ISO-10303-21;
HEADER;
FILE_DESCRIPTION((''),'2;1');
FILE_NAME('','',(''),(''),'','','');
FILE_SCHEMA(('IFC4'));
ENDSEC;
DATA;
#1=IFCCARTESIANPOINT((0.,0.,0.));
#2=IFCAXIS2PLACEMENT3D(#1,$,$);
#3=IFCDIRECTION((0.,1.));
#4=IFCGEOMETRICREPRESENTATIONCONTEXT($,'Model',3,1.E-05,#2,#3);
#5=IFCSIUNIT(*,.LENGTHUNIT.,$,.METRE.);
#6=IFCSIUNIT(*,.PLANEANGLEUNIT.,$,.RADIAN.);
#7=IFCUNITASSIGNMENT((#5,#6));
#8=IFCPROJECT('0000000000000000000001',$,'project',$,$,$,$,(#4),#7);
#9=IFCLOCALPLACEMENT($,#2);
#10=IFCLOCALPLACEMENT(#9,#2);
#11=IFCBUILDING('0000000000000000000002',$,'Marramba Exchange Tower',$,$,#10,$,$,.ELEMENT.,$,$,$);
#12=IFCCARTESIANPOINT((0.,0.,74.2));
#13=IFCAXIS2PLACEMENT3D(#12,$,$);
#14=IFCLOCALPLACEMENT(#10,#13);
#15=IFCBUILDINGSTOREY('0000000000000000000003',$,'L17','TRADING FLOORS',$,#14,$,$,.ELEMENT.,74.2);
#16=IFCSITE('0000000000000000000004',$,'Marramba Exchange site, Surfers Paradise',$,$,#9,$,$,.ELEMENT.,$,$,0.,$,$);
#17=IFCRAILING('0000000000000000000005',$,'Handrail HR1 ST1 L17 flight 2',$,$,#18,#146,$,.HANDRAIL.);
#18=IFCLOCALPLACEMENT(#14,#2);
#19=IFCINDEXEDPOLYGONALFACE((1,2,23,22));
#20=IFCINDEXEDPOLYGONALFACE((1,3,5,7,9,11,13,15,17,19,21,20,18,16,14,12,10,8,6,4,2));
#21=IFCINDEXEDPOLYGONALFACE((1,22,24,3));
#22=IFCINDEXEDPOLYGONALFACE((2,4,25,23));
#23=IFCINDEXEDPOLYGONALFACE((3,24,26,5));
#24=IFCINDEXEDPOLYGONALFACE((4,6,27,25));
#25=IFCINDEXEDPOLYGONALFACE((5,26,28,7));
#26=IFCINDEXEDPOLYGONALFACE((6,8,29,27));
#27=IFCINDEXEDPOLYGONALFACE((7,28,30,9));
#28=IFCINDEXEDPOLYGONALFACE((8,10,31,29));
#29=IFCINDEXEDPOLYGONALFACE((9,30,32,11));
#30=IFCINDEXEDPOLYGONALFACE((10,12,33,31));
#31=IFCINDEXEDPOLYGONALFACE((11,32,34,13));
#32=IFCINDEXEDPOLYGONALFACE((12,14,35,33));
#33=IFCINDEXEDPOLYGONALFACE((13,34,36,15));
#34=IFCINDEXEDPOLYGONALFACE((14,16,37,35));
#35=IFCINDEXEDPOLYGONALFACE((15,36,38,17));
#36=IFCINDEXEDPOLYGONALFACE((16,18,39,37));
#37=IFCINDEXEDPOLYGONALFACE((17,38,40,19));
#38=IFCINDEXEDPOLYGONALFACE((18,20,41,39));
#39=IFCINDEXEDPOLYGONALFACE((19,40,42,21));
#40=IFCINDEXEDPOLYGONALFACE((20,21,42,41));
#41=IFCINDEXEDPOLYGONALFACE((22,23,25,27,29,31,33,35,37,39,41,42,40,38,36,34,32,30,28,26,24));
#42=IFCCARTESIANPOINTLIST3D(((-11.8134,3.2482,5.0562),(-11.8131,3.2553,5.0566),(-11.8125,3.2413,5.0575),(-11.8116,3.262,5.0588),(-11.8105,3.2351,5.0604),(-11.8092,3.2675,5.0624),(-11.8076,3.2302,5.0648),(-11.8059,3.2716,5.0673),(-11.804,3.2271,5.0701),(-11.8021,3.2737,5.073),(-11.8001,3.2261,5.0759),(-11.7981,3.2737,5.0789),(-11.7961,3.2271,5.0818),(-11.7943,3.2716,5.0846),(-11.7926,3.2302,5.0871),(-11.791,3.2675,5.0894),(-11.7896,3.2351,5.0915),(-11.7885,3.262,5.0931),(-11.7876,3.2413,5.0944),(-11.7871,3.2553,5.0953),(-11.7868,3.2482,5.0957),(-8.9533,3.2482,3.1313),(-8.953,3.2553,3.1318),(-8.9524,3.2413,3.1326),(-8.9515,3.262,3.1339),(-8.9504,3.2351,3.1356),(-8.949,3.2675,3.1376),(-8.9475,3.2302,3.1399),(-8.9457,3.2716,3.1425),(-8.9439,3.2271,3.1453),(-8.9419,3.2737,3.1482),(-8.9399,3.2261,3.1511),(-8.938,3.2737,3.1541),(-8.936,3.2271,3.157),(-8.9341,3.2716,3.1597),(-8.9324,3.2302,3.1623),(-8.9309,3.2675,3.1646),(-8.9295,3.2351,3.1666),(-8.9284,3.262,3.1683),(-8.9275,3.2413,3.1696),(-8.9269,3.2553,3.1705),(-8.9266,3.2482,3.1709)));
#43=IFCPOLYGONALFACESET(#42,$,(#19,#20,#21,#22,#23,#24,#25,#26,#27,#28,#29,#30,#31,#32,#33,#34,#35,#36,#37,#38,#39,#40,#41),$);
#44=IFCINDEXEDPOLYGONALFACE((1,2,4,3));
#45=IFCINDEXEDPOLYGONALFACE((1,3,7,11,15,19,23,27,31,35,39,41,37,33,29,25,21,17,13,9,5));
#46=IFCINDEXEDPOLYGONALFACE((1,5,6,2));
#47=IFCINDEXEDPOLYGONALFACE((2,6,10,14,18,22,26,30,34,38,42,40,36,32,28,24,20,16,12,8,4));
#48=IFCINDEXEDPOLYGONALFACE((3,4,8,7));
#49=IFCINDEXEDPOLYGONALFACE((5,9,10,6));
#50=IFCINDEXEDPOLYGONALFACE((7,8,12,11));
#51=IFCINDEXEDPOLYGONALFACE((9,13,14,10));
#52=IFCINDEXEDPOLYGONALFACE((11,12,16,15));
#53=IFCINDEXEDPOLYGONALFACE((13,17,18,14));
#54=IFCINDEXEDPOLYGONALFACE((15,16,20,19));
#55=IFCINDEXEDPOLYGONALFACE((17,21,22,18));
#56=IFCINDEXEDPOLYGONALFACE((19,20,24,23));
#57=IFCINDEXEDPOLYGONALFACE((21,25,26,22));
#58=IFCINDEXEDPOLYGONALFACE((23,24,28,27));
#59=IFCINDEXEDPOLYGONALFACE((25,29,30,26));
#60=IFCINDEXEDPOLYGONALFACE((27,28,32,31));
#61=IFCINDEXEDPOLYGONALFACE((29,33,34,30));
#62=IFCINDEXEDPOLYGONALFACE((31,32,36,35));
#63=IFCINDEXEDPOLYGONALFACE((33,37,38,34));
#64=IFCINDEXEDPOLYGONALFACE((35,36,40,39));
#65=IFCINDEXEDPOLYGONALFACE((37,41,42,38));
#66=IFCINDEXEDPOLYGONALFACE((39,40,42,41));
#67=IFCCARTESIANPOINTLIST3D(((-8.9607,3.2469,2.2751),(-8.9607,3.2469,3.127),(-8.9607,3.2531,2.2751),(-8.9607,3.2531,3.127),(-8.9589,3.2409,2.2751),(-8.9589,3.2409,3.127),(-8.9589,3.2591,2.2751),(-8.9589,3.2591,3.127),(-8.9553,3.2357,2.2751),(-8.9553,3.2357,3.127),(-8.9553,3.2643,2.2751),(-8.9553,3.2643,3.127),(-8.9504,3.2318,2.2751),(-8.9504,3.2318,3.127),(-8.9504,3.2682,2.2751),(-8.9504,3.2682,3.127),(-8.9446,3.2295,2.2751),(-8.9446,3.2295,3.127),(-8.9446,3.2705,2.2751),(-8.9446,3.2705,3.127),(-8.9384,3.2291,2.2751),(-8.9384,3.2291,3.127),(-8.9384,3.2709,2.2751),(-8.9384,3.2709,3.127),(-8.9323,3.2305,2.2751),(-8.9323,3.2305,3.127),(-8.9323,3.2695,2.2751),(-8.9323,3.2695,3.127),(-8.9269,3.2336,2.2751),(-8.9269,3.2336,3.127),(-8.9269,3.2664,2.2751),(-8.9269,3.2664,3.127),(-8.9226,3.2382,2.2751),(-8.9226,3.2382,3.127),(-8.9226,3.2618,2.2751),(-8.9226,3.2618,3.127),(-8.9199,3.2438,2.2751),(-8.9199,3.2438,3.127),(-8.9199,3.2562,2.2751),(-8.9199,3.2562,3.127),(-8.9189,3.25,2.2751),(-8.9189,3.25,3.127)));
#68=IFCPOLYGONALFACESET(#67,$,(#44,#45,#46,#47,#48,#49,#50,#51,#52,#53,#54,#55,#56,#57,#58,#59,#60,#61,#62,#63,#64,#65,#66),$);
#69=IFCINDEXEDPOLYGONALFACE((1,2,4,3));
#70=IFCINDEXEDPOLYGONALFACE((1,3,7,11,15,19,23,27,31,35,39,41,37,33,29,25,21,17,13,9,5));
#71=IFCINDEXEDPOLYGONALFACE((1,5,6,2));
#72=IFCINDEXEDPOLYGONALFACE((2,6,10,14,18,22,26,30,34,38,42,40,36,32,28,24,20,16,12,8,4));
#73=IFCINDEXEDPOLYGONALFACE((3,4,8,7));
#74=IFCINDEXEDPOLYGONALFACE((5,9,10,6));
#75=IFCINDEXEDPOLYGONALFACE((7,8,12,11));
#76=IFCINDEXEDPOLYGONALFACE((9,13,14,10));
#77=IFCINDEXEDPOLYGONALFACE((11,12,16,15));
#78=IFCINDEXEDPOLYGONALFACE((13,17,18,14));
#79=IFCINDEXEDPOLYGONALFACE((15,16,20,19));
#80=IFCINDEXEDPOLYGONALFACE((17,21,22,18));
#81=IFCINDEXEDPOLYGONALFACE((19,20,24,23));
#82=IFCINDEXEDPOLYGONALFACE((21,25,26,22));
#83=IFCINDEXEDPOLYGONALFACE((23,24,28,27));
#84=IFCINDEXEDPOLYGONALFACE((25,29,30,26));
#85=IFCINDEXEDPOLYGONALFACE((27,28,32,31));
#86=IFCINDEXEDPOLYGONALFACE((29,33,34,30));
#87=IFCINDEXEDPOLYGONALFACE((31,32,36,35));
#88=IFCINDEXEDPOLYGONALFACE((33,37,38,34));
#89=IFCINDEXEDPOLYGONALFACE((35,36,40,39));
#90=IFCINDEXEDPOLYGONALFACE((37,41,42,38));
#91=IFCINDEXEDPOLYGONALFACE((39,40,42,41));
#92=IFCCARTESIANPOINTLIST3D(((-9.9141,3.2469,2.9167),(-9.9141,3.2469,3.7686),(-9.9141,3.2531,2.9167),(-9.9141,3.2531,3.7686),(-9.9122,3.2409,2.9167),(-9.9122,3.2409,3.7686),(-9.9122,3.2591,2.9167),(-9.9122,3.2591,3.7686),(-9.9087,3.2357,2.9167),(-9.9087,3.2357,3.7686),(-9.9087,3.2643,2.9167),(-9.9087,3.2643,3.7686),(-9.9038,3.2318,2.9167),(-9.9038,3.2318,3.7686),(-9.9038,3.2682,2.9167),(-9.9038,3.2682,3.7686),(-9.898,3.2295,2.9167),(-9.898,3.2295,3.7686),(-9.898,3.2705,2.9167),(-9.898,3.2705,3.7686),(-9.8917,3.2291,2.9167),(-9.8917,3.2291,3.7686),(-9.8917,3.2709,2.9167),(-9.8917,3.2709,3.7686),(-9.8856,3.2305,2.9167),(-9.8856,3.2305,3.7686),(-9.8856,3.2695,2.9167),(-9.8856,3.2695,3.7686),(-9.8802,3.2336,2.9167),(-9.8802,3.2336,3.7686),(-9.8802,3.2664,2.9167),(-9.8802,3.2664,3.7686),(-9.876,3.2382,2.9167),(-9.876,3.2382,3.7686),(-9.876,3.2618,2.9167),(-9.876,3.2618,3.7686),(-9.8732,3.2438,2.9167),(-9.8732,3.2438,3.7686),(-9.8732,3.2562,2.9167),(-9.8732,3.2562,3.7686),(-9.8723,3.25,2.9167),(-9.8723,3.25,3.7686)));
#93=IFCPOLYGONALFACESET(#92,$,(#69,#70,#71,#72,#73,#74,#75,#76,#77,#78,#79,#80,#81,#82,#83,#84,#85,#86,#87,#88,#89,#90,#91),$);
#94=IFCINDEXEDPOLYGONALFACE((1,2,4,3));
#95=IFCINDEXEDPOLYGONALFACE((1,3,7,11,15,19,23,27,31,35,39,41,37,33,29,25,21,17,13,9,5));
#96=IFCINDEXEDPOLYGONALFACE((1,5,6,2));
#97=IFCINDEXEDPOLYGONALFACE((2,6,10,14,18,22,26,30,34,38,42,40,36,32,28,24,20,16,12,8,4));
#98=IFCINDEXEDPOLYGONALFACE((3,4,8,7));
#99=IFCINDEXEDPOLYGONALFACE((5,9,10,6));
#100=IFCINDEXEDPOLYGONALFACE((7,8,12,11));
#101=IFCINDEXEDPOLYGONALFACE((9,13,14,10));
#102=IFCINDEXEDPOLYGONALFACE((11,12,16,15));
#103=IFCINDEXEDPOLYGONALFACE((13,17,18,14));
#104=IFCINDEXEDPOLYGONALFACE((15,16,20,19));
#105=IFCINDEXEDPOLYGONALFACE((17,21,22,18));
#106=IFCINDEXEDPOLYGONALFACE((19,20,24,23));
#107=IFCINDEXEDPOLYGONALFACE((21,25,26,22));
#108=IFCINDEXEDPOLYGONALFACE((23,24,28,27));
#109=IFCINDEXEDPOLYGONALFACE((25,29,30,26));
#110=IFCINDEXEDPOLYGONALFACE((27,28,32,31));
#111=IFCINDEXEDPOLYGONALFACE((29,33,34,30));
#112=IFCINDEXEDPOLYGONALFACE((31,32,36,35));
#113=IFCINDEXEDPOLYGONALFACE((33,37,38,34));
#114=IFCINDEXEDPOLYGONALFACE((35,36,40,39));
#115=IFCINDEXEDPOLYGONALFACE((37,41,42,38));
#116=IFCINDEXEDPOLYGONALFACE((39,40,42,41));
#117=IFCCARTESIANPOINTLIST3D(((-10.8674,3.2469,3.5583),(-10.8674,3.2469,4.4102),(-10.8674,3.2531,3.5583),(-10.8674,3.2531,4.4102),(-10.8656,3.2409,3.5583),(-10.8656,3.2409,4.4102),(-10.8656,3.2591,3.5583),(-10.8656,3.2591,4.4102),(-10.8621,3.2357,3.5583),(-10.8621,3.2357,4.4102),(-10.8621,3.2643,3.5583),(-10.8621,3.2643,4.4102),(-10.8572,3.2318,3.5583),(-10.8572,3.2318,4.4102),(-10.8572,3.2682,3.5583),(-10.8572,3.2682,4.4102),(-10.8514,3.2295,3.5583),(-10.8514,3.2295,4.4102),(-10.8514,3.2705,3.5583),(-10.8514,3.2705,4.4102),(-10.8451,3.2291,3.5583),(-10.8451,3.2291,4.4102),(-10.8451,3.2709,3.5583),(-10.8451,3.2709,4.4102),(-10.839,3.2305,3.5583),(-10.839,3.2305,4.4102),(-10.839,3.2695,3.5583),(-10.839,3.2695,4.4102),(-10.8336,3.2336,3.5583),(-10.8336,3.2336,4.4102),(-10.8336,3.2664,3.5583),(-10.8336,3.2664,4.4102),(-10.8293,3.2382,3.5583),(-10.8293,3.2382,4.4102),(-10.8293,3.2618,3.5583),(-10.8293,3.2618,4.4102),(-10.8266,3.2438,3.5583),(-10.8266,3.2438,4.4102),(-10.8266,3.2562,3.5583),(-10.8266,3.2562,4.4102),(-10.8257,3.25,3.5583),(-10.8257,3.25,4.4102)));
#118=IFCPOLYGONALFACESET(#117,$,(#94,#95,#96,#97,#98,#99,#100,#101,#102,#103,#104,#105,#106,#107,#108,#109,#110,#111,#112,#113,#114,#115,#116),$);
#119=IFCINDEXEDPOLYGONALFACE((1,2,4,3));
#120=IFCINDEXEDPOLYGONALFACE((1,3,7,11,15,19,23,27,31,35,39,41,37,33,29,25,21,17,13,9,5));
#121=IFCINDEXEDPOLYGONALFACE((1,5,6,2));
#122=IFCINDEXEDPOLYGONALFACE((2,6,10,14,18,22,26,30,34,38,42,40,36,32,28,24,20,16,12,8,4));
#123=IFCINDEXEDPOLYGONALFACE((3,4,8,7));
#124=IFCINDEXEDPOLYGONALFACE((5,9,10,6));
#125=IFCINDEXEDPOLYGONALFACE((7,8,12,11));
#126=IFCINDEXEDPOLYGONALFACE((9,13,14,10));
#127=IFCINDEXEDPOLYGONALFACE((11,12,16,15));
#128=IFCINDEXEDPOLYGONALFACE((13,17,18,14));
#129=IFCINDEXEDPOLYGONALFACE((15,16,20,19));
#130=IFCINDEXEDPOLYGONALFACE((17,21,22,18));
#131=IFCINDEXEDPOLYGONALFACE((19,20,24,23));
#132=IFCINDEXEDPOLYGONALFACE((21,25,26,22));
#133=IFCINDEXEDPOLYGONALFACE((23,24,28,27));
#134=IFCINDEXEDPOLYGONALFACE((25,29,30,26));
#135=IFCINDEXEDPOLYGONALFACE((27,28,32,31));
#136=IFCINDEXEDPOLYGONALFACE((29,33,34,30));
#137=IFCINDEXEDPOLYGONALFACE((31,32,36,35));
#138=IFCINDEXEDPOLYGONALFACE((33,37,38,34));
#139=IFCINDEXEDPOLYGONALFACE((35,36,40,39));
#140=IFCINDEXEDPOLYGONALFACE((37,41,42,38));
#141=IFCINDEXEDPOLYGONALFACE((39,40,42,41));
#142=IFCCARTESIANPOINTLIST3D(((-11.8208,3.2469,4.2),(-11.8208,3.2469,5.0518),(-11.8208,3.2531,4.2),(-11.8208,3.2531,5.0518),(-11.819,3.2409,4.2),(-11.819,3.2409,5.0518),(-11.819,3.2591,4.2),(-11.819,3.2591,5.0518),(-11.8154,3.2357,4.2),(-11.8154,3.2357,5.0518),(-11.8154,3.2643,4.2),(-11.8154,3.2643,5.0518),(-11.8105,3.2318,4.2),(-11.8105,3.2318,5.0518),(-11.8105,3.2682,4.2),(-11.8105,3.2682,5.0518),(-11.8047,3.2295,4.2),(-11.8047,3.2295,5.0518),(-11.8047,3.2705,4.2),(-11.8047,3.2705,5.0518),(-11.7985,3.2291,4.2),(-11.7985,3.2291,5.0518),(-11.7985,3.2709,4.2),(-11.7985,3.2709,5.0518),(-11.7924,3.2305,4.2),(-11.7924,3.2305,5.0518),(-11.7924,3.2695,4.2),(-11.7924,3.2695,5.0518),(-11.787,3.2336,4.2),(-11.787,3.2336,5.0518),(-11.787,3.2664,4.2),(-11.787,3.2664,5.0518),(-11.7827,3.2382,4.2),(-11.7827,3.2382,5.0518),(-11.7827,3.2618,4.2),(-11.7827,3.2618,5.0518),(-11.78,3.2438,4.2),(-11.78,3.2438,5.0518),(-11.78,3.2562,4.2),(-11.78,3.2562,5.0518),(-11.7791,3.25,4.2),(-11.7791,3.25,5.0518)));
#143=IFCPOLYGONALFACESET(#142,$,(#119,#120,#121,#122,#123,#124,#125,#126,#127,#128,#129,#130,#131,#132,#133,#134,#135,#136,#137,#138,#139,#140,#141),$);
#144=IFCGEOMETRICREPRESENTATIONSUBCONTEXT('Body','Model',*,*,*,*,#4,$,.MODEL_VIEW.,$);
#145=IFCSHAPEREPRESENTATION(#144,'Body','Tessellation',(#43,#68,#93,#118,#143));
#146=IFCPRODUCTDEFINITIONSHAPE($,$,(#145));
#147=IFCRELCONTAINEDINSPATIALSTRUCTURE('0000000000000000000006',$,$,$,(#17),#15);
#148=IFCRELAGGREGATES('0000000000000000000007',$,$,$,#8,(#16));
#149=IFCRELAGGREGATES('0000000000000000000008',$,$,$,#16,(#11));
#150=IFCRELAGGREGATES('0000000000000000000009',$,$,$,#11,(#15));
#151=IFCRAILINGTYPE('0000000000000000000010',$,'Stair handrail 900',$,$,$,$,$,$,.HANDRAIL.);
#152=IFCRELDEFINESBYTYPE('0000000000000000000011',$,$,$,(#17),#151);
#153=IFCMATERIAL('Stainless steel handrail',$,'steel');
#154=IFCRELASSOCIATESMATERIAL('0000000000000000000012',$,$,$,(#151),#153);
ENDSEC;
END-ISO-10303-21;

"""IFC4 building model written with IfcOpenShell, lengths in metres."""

from ifc_helpers import new_model, si_unit, direction, frame, origin, origin_2d, place, context, subcontext, project, spatial, circle, extrude, material, type_object, element, save


model = new_model("IFC4")

# Units and contexts
model_context = context("Model", 3, precision=1e-05, world=origin(), true_north=direction((0.0, 1.0)))
body_context = subcontext(model_context, "Body", "Model", "MODEL_VIEW")
ifc_project = project(units=[si_unit("LENGTHUNIT", "METRE"), si_unit("PLANEANGLEUNIT", "RADIAN")], contexts=[model_context])

# Site, building, storey
site_placement = place(None, origin())
site = spatial("IfcSite", under=ifc_project, at=site_placement, Name="Marramba Exchange site, Surfers Paradise", CompositionType="ELEMENT", RefElevation=0.0)
building_placement = place(site_placement, origin())
building = spatial("IfcBuilding", under=site, at=building_placement, Name="Marramba Exchange Tower", CompositionType="ELEMENT")
storey_placement = place(building_placement, frame((0.0, 0.0, 74.2)))
storey = spatial("IfcBuildingStorey", under=building, at=storey_placement, Name="L17", Description="TRADING FLOORS", CompositionType="ELEMENT", Elevation=74.2)

# Railing
ifc_material_1 = material(Name="Stainless steel handrail", Category="steel")
railing_type = type_object("IfcRailingType", Name="Stair handrail 900", PredefinedType="HANDRAIL", material=ifc_material_1)
railing_placement = place(storey_placement, frame((-8.9399, 3.25, 2.2751)))
element("IfcRailing", 1, at=railing_placement, inside=storey, type_object=railing_type, Name="Handrail HR1 ST1 L17 flight 2", PredefinedType="HANDRAIL", context=body_context, shape_type="SweptSolid", body=[
    extrude(circle(Radius=0.0239, at=origin_2d()), frame((0.0, 0.0, 0.876), z_axis=(-0.829624, 0.0, 0.558323), x_axis=(0.0, -1.0, 0.0)), (0.0, 0.0, 1.0), 3.4475),
    extrude(circle(Radius=0.021, at=origin_2d()), origin(), (0.0, 0.0, 1.0), 0.8518),
    extrude(circle(Radius=0.021, at=origin_2d()), frame((-0.9534, 0.0, 0.6416)), (0.0, 0.0, 1.0), 0.8518),
    extrude(circle(Radius=0.021, at=origin_2d()), frame((-1.9067, 0.0, 1.2832)), (0.0, 0.0, 1.0), 0.8518),
    extrude(circle(Radius=0.021, at=origin_2d()), frame((-2.8601, 0.0, 1.9248)), (0.0, 0.0, 1.0), 0.8518),
])

save(model, "model.ifc")
